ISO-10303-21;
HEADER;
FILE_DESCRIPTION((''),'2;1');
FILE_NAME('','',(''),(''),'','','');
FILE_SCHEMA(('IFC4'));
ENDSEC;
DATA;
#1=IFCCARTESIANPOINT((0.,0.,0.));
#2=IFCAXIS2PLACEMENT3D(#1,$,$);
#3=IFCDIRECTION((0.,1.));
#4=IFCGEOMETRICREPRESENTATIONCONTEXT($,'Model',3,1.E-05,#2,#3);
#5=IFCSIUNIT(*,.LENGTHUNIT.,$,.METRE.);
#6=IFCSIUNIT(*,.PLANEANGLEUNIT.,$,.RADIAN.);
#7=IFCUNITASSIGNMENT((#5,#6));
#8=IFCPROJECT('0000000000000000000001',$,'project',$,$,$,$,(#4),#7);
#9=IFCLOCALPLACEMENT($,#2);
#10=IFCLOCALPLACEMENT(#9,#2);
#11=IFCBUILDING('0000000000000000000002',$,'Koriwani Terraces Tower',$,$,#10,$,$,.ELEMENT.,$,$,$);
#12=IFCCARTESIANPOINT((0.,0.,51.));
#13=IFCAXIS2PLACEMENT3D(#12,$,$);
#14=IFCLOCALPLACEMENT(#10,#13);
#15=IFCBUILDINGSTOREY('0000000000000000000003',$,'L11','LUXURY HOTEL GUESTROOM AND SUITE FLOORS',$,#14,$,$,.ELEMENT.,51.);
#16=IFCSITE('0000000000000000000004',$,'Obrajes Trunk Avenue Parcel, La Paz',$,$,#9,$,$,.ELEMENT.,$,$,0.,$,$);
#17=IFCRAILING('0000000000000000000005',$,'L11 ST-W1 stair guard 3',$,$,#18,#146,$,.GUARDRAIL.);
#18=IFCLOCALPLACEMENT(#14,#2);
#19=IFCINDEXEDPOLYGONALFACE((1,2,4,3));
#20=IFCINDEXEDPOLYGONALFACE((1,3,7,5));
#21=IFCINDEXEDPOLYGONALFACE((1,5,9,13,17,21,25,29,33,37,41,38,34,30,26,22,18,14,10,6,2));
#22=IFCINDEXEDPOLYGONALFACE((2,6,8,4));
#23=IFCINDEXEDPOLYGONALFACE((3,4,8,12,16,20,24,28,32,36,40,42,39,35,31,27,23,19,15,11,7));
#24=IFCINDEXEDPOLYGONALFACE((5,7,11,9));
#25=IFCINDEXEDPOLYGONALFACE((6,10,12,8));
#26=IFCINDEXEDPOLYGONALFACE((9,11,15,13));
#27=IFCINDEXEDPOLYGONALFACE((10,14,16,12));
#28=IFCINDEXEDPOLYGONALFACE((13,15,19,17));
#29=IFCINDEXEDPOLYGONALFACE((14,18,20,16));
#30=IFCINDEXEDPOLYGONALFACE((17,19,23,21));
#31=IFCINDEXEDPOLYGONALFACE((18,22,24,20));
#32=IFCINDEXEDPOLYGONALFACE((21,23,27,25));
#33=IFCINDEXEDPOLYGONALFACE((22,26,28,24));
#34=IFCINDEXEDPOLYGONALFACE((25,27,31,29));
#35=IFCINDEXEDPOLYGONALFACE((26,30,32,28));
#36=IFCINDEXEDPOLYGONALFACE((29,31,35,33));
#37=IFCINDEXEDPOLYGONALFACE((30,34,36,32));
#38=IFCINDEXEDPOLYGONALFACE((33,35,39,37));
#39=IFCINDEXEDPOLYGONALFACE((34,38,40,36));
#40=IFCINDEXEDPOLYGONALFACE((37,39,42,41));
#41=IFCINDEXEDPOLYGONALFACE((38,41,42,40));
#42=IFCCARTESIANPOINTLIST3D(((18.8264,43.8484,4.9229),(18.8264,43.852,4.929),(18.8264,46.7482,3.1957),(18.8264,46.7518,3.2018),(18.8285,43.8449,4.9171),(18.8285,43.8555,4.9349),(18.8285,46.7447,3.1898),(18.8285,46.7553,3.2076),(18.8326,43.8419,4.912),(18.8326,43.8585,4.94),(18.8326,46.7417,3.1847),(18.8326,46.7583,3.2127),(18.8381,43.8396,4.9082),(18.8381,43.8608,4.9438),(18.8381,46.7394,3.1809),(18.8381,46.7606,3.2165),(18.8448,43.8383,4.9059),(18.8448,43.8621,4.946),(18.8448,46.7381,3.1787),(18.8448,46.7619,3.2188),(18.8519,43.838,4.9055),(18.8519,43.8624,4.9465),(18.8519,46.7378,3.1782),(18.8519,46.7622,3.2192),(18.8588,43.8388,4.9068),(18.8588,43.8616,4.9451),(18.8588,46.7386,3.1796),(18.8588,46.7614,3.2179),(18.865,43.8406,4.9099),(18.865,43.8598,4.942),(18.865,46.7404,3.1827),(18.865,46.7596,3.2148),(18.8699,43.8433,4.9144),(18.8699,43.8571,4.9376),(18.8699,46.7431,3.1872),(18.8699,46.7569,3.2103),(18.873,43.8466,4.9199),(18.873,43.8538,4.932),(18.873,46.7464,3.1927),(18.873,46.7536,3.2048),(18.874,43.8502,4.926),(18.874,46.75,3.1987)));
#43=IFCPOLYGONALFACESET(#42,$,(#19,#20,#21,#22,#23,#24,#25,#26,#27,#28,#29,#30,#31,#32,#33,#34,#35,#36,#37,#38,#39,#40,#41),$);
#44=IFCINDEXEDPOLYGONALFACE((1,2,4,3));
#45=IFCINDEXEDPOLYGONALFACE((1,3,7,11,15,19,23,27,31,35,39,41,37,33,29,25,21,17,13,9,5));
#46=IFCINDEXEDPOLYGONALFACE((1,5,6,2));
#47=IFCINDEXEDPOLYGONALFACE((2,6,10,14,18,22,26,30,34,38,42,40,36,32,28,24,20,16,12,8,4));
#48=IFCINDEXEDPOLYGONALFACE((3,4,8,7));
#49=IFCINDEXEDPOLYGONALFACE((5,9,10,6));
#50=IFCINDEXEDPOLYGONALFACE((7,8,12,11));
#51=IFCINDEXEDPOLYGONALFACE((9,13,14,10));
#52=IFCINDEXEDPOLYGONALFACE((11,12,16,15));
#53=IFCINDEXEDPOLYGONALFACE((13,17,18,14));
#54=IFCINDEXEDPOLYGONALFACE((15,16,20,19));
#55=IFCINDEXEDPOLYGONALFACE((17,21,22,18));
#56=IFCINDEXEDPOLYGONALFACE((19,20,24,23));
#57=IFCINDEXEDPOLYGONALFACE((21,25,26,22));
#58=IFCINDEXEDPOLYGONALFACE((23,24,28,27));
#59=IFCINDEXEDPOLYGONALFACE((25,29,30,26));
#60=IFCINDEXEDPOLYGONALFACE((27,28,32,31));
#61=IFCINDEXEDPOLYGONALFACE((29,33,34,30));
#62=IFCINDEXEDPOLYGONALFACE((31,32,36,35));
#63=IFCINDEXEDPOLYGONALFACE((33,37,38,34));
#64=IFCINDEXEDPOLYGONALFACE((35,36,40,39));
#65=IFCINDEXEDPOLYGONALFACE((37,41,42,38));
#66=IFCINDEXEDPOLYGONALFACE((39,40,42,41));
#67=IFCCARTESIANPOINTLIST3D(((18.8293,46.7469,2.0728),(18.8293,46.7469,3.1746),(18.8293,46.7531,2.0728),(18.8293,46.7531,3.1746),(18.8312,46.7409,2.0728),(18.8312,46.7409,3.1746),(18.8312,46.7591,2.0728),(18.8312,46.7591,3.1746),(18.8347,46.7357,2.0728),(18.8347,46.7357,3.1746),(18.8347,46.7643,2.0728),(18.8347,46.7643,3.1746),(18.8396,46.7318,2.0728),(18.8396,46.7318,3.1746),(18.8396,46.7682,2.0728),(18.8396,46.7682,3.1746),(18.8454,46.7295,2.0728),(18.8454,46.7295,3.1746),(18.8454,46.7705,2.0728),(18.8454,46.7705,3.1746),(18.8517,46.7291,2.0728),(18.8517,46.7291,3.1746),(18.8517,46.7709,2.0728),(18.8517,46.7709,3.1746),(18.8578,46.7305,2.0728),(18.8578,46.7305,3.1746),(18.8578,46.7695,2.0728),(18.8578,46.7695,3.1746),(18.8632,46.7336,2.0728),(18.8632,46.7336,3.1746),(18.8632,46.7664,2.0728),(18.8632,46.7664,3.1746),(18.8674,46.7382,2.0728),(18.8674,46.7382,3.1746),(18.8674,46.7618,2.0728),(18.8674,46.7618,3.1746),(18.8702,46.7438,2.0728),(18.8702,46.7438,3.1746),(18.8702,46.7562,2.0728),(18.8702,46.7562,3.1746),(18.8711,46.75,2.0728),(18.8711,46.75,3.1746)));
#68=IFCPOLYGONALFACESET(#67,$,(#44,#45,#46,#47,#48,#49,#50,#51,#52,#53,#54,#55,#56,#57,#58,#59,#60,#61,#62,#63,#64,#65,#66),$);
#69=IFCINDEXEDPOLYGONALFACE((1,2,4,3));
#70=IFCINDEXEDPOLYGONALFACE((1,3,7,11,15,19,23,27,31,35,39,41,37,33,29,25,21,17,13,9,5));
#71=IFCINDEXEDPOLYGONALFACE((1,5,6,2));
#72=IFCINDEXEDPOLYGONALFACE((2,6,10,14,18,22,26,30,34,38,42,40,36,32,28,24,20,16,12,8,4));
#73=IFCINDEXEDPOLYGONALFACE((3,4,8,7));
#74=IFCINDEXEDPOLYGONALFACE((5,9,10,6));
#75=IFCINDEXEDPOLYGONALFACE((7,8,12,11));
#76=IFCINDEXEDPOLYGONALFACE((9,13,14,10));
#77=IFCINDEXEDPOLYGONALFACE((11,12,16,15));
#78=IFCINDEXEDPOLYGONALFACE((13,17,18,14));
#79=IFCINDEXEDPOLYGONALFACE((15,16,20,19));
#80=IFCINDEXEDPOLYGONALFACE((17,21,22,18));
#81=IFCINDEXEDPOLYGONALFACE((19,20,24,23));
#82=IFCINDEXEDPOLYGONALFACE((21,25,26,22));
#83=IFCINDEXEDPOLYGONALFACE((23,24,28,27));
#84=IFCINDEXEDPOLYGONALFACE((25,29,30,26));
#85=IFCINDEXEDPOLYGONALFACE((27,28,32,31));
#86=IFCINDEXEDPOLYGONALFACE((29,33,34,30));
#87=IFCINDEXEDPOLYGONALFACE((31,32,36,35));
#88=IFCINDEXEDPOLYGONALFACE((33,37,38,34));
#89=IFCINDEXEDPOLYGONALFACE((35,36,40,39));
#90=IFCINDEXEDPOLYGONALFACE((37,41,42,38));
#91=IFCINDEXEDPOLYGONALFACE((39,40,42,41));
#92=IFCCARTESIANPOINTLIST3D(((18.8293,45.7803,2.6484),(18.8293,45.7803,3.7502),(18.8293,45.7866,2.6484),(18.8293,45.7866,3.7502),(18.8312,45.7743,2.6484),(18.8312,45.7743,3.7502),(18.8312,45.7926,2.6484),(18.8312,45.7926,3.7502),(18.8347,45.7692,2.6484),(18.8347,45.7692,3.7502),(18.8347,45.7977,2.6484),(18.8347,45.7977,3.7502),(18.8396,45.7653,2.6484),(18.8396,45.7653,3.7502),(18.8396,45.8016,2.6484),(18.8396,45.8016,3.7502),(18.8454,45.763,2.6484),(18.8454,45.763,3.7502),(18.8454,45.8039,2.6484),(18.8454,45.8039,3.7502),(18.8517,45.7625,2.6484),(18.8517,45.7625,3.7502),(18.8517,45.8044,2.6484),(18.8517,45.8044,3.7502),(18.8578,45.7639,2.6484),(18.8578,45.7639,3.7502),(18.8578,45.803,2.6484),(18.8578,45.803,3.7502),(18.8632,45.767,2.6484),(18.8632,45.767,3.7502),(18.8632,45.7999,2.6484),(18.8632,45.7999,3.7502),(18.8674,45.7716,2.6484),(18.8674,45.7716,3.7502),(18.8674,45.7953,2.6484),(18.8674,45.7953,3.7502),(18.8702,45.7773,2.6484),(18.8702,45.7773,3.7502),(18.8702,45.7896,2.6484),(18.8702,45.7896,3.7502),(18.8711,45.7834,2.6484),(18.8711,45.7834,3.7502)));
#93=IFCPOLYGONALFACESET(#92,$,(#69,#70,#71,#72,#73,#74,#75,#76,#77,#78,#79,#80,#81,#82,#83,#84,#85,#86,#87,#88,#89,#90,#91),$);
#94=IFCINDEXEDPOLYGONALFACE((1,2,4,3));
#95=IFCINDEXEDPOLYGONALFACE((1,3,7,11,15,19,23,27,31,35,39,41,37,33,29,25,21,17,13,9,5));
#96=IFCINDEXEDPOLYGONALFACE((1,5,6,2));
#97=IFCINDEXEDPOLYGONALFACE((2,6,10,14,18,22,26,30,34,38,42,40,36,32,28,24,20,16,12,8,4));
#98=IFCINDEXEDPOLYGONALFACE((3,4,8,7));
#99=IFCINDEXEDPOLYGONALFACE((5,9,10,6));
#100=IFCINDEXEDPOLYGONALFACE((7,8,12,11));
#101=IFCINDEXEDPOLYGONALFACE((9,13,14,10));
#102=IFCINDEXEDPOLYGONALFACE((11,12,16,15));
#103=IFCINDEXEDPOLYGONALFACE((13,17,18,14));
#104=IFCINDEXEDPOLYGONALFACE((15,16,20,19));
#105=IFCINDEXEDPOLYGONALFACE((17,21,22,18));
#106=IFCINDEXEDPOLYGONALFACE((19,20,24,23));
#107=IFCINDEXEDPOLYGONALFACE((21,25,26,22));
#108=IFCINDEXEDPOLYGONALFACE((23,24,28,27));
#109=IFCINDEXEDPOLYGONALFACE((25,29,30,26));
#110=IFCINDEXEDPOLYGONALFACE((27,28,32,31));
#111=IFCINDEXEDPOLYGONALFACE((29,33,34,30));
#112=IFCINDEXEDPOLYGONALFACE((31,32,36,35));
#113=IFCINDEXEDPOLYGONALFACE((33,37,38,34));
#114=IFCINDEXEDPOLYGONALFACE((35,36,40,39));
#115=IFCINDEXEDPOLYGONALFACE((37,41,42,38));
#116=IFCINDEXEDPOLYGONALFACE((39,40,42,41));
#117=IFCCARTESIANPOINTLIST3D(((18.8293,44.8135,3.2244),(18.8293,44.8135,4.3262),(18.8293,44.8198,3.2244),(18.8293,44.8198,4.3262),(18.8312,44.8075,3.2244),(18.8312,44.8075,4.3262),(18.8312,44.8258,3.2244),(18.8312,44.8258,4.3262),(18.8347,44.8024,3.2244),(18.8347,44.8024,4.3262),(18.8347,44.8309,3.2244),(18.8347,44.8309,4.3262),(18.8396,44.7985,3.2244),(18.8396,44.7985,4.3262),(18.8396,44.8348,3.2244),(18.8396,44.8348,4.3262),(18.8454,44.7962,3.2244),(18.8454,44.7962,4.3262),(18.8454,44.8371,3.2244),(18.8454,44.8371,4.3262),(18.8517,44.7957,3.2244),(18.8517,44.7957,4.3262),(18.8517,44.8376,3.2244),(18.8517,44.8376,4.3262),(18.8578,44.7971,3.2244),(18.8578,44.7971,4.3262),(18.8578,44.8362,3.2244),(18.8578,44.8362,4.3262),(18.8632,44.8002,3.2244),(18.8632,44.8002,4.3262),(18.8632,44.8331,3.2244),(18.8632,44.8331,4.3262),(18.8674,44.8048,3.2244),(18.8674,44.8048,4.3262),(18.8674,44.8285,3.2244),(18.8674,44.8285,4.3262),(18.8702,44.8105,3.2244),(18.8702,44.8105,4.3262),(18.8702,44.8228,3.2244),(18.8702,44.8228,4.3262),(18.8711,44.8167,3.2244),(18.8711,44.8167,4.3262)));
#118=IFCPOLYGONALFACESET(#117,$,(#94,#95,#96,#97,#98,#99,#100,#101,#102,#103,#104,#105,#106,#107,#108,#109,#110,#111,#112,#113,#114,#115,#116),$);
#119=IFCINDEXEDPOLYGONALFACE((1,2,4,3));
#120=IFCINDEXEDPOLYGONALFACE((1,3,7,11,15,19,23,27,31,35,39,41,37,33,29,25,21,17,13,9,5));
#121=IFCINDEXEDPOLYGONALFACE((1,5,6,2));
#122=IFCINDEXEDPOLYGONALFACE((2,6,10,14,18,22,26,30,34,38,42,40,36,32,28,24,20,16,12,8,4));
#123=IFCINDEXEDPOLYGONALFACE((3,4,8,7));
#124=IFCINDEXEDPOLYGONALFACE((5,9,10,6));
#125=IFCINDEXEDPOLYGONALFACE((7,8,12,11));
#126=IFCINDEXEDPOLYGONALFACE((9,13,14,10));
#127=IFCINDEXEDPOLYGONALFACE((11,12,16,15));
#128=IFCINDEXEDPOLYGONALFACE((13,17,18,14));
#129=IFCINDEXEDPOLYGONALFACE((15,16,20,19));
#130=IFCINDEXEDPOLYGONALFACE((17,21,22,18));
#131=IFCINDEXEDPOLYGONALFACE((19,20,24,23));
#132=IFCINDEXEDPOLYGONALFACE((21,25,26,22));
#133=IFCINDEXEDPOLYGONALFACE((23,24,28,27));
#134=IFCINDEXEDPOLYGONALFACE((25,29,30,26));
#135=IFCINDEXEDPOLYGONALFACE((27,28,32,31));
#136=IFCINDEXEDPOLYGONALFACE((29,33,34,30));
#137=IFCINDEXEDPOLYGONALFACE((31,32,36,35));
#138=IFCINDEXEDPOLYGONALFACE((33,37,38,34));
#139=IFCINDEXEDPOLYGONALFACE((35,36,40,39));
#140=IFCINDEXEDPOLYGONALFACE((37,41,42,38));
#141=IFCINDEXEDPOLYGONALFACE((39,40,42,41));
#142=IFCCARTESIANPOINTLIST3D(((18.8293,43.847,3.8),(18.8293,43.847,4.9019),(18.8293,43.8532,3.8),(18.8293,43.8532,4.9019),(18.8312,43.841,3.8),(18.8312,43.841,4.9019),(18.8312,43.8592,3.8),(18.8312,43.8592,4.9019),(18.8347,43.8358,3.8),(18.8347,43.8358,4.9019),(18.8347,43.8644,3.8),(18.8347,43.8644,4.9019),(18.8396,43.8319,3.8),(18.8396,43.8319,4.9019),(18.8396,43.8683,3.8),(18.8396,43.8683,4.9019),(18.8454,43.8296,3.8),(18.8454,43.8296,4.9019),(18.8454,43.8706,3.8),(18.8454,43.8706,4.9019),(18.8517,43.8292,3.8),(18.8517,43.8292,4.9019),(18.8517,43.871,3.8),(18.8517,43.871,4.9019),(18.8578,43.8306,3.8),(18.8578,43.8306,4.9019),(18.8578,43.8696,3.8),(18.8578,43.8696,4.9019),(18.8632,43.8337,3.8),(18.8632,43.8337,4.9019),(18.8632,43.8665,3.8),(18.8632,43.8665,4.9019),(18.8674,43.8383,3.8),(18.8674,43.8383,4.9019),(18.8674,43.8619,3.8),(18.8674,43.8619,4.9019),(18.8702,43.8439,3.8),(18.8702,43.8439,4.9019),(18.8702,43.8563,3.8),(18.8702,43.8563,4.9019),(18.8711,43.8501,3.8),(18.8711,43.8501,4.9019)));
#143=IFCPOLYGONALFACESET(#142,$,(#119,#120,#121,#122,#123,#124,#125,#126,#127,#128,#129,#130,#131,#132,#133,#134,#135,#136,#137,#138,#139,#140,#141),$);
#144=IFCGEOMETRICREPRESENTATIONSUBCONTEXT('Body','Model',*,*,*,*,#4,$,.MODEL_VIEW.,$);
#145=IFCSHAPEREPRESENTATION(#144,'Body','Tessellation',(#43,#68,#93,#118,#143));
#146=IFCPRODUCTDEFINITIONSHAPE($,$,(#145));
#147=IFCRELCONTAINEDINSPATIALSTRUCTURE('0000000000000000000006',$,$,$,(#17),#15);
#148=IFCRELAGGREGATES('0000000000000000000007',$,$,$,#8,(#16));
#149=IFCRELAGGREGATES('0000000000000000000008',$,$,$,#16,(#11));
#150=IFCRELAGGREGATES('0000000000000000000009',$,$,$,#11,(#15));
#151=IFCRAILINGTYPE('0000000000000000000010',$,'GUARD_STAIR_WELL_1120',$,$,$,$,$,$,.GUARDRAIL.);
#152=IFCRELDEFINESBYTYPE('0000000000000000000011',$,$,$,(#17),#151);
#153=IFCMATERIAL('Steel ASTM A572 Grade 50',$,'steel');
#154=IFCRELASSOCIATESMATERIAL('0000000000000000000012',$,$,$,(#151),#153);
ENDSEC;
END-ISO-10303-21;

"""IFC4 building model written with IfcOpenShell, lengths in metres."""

from ifc_helpers import new_model, si_unit, direction, frame, origin, origin_2d, place, context, subcontext, project, spatial, circle, extrude, material, type_object, element, save


model = new_model("IFC4")

# Units and contexts
model_context = context("Model", 3, precision=1e-05, world=origin(), true_north=direction((0.0, 1.0)))
body_context = subcontext(model_context, "Body", "Model", "MODEL_VIEW")
ifc_project = project(units=[si_unit("LENGTHUNIT", "METRE"), si_unit("PLANEANGLEUNIT", "RADIAN")], contexts=[model_context])

# Site, building, storey
site_placement = place(None, origin())
site = spatial("IfcSite", under=ifc_project, at=site_placement, Name="Obrajes Trunk Avenue Parcel, La Paz", CompositionType="ELEMENT", RefElevation=0.0)
building_placement = place(site_placement, origin())
building = spatial("IfcBuilding", under=site, at=building_placement, Name="Koriwani Terraces Tower", CompositionType="ELEMENT")
storey_placement = place(building_placement, frame((0.0, 0.0, 51.0)))
storey = spatial("IfcBuildingStorey", under=building, at=storey_placement, Name="L11", Description="LUXURY HOTEL GUESTROOM AND SUITE FLOORS", CompositionType="ELEMENT", Elevation=51.0)

# Shared definitions
ifc_material_1 = material(Name="Steel ASTM A572 Grade 50", Category="steel")

# Railing
railing_type = type_object("IfcRailingType", Name="GUARD_STAIR_WELL_1120", PredefinedType="GUARDRAIL", material=ifc_material_1)
railing_1_placement = place(storey_placement, frame((18.8501, 46.75, 2.0728)))
element("IfcRailing", 1, at=railing_1_placement, inside=storey, type_object=railing_type, Name="L11 ST-W1 stair guard 3", PredefinedType="GUARDRAIL", context=body_context, shape_type="SweptSolid", body=[
    extrude(circle(Radius=0.0239, at=origin_2d()), frame((0.0, 0.0, 1.126), z_axis=(0.0, -0.859141, 0.511738), x_axis=(1.0, 0.0, 0.0)), (0.0, 0.0, 1.0), 3.3752),
    extrude(circle(Radius=0.021, at=origin_2d()), origin(), (0.0, 0.0, 1.0), 1.1018),
    extrude(circle(Radius=0.021, at=origin_2d()), frame((0.0, -0.9666, 0.5757)), (0.0, 0.0, 1.0), 1.1018),
    extrude(circle(Radius=0.021, at=origin_2d()), frame((0.0, -1.9333, 1.1516)), (0.0, 0.0, 1.0), 1.1018),
    extrude(circle(Radius=0.021, at=origin_2d()), frame((0.0, -2.8999, 1.7273)), (0.0, 0.0, 1.0), 1.1018),
])

save(model, "model.ifc")
